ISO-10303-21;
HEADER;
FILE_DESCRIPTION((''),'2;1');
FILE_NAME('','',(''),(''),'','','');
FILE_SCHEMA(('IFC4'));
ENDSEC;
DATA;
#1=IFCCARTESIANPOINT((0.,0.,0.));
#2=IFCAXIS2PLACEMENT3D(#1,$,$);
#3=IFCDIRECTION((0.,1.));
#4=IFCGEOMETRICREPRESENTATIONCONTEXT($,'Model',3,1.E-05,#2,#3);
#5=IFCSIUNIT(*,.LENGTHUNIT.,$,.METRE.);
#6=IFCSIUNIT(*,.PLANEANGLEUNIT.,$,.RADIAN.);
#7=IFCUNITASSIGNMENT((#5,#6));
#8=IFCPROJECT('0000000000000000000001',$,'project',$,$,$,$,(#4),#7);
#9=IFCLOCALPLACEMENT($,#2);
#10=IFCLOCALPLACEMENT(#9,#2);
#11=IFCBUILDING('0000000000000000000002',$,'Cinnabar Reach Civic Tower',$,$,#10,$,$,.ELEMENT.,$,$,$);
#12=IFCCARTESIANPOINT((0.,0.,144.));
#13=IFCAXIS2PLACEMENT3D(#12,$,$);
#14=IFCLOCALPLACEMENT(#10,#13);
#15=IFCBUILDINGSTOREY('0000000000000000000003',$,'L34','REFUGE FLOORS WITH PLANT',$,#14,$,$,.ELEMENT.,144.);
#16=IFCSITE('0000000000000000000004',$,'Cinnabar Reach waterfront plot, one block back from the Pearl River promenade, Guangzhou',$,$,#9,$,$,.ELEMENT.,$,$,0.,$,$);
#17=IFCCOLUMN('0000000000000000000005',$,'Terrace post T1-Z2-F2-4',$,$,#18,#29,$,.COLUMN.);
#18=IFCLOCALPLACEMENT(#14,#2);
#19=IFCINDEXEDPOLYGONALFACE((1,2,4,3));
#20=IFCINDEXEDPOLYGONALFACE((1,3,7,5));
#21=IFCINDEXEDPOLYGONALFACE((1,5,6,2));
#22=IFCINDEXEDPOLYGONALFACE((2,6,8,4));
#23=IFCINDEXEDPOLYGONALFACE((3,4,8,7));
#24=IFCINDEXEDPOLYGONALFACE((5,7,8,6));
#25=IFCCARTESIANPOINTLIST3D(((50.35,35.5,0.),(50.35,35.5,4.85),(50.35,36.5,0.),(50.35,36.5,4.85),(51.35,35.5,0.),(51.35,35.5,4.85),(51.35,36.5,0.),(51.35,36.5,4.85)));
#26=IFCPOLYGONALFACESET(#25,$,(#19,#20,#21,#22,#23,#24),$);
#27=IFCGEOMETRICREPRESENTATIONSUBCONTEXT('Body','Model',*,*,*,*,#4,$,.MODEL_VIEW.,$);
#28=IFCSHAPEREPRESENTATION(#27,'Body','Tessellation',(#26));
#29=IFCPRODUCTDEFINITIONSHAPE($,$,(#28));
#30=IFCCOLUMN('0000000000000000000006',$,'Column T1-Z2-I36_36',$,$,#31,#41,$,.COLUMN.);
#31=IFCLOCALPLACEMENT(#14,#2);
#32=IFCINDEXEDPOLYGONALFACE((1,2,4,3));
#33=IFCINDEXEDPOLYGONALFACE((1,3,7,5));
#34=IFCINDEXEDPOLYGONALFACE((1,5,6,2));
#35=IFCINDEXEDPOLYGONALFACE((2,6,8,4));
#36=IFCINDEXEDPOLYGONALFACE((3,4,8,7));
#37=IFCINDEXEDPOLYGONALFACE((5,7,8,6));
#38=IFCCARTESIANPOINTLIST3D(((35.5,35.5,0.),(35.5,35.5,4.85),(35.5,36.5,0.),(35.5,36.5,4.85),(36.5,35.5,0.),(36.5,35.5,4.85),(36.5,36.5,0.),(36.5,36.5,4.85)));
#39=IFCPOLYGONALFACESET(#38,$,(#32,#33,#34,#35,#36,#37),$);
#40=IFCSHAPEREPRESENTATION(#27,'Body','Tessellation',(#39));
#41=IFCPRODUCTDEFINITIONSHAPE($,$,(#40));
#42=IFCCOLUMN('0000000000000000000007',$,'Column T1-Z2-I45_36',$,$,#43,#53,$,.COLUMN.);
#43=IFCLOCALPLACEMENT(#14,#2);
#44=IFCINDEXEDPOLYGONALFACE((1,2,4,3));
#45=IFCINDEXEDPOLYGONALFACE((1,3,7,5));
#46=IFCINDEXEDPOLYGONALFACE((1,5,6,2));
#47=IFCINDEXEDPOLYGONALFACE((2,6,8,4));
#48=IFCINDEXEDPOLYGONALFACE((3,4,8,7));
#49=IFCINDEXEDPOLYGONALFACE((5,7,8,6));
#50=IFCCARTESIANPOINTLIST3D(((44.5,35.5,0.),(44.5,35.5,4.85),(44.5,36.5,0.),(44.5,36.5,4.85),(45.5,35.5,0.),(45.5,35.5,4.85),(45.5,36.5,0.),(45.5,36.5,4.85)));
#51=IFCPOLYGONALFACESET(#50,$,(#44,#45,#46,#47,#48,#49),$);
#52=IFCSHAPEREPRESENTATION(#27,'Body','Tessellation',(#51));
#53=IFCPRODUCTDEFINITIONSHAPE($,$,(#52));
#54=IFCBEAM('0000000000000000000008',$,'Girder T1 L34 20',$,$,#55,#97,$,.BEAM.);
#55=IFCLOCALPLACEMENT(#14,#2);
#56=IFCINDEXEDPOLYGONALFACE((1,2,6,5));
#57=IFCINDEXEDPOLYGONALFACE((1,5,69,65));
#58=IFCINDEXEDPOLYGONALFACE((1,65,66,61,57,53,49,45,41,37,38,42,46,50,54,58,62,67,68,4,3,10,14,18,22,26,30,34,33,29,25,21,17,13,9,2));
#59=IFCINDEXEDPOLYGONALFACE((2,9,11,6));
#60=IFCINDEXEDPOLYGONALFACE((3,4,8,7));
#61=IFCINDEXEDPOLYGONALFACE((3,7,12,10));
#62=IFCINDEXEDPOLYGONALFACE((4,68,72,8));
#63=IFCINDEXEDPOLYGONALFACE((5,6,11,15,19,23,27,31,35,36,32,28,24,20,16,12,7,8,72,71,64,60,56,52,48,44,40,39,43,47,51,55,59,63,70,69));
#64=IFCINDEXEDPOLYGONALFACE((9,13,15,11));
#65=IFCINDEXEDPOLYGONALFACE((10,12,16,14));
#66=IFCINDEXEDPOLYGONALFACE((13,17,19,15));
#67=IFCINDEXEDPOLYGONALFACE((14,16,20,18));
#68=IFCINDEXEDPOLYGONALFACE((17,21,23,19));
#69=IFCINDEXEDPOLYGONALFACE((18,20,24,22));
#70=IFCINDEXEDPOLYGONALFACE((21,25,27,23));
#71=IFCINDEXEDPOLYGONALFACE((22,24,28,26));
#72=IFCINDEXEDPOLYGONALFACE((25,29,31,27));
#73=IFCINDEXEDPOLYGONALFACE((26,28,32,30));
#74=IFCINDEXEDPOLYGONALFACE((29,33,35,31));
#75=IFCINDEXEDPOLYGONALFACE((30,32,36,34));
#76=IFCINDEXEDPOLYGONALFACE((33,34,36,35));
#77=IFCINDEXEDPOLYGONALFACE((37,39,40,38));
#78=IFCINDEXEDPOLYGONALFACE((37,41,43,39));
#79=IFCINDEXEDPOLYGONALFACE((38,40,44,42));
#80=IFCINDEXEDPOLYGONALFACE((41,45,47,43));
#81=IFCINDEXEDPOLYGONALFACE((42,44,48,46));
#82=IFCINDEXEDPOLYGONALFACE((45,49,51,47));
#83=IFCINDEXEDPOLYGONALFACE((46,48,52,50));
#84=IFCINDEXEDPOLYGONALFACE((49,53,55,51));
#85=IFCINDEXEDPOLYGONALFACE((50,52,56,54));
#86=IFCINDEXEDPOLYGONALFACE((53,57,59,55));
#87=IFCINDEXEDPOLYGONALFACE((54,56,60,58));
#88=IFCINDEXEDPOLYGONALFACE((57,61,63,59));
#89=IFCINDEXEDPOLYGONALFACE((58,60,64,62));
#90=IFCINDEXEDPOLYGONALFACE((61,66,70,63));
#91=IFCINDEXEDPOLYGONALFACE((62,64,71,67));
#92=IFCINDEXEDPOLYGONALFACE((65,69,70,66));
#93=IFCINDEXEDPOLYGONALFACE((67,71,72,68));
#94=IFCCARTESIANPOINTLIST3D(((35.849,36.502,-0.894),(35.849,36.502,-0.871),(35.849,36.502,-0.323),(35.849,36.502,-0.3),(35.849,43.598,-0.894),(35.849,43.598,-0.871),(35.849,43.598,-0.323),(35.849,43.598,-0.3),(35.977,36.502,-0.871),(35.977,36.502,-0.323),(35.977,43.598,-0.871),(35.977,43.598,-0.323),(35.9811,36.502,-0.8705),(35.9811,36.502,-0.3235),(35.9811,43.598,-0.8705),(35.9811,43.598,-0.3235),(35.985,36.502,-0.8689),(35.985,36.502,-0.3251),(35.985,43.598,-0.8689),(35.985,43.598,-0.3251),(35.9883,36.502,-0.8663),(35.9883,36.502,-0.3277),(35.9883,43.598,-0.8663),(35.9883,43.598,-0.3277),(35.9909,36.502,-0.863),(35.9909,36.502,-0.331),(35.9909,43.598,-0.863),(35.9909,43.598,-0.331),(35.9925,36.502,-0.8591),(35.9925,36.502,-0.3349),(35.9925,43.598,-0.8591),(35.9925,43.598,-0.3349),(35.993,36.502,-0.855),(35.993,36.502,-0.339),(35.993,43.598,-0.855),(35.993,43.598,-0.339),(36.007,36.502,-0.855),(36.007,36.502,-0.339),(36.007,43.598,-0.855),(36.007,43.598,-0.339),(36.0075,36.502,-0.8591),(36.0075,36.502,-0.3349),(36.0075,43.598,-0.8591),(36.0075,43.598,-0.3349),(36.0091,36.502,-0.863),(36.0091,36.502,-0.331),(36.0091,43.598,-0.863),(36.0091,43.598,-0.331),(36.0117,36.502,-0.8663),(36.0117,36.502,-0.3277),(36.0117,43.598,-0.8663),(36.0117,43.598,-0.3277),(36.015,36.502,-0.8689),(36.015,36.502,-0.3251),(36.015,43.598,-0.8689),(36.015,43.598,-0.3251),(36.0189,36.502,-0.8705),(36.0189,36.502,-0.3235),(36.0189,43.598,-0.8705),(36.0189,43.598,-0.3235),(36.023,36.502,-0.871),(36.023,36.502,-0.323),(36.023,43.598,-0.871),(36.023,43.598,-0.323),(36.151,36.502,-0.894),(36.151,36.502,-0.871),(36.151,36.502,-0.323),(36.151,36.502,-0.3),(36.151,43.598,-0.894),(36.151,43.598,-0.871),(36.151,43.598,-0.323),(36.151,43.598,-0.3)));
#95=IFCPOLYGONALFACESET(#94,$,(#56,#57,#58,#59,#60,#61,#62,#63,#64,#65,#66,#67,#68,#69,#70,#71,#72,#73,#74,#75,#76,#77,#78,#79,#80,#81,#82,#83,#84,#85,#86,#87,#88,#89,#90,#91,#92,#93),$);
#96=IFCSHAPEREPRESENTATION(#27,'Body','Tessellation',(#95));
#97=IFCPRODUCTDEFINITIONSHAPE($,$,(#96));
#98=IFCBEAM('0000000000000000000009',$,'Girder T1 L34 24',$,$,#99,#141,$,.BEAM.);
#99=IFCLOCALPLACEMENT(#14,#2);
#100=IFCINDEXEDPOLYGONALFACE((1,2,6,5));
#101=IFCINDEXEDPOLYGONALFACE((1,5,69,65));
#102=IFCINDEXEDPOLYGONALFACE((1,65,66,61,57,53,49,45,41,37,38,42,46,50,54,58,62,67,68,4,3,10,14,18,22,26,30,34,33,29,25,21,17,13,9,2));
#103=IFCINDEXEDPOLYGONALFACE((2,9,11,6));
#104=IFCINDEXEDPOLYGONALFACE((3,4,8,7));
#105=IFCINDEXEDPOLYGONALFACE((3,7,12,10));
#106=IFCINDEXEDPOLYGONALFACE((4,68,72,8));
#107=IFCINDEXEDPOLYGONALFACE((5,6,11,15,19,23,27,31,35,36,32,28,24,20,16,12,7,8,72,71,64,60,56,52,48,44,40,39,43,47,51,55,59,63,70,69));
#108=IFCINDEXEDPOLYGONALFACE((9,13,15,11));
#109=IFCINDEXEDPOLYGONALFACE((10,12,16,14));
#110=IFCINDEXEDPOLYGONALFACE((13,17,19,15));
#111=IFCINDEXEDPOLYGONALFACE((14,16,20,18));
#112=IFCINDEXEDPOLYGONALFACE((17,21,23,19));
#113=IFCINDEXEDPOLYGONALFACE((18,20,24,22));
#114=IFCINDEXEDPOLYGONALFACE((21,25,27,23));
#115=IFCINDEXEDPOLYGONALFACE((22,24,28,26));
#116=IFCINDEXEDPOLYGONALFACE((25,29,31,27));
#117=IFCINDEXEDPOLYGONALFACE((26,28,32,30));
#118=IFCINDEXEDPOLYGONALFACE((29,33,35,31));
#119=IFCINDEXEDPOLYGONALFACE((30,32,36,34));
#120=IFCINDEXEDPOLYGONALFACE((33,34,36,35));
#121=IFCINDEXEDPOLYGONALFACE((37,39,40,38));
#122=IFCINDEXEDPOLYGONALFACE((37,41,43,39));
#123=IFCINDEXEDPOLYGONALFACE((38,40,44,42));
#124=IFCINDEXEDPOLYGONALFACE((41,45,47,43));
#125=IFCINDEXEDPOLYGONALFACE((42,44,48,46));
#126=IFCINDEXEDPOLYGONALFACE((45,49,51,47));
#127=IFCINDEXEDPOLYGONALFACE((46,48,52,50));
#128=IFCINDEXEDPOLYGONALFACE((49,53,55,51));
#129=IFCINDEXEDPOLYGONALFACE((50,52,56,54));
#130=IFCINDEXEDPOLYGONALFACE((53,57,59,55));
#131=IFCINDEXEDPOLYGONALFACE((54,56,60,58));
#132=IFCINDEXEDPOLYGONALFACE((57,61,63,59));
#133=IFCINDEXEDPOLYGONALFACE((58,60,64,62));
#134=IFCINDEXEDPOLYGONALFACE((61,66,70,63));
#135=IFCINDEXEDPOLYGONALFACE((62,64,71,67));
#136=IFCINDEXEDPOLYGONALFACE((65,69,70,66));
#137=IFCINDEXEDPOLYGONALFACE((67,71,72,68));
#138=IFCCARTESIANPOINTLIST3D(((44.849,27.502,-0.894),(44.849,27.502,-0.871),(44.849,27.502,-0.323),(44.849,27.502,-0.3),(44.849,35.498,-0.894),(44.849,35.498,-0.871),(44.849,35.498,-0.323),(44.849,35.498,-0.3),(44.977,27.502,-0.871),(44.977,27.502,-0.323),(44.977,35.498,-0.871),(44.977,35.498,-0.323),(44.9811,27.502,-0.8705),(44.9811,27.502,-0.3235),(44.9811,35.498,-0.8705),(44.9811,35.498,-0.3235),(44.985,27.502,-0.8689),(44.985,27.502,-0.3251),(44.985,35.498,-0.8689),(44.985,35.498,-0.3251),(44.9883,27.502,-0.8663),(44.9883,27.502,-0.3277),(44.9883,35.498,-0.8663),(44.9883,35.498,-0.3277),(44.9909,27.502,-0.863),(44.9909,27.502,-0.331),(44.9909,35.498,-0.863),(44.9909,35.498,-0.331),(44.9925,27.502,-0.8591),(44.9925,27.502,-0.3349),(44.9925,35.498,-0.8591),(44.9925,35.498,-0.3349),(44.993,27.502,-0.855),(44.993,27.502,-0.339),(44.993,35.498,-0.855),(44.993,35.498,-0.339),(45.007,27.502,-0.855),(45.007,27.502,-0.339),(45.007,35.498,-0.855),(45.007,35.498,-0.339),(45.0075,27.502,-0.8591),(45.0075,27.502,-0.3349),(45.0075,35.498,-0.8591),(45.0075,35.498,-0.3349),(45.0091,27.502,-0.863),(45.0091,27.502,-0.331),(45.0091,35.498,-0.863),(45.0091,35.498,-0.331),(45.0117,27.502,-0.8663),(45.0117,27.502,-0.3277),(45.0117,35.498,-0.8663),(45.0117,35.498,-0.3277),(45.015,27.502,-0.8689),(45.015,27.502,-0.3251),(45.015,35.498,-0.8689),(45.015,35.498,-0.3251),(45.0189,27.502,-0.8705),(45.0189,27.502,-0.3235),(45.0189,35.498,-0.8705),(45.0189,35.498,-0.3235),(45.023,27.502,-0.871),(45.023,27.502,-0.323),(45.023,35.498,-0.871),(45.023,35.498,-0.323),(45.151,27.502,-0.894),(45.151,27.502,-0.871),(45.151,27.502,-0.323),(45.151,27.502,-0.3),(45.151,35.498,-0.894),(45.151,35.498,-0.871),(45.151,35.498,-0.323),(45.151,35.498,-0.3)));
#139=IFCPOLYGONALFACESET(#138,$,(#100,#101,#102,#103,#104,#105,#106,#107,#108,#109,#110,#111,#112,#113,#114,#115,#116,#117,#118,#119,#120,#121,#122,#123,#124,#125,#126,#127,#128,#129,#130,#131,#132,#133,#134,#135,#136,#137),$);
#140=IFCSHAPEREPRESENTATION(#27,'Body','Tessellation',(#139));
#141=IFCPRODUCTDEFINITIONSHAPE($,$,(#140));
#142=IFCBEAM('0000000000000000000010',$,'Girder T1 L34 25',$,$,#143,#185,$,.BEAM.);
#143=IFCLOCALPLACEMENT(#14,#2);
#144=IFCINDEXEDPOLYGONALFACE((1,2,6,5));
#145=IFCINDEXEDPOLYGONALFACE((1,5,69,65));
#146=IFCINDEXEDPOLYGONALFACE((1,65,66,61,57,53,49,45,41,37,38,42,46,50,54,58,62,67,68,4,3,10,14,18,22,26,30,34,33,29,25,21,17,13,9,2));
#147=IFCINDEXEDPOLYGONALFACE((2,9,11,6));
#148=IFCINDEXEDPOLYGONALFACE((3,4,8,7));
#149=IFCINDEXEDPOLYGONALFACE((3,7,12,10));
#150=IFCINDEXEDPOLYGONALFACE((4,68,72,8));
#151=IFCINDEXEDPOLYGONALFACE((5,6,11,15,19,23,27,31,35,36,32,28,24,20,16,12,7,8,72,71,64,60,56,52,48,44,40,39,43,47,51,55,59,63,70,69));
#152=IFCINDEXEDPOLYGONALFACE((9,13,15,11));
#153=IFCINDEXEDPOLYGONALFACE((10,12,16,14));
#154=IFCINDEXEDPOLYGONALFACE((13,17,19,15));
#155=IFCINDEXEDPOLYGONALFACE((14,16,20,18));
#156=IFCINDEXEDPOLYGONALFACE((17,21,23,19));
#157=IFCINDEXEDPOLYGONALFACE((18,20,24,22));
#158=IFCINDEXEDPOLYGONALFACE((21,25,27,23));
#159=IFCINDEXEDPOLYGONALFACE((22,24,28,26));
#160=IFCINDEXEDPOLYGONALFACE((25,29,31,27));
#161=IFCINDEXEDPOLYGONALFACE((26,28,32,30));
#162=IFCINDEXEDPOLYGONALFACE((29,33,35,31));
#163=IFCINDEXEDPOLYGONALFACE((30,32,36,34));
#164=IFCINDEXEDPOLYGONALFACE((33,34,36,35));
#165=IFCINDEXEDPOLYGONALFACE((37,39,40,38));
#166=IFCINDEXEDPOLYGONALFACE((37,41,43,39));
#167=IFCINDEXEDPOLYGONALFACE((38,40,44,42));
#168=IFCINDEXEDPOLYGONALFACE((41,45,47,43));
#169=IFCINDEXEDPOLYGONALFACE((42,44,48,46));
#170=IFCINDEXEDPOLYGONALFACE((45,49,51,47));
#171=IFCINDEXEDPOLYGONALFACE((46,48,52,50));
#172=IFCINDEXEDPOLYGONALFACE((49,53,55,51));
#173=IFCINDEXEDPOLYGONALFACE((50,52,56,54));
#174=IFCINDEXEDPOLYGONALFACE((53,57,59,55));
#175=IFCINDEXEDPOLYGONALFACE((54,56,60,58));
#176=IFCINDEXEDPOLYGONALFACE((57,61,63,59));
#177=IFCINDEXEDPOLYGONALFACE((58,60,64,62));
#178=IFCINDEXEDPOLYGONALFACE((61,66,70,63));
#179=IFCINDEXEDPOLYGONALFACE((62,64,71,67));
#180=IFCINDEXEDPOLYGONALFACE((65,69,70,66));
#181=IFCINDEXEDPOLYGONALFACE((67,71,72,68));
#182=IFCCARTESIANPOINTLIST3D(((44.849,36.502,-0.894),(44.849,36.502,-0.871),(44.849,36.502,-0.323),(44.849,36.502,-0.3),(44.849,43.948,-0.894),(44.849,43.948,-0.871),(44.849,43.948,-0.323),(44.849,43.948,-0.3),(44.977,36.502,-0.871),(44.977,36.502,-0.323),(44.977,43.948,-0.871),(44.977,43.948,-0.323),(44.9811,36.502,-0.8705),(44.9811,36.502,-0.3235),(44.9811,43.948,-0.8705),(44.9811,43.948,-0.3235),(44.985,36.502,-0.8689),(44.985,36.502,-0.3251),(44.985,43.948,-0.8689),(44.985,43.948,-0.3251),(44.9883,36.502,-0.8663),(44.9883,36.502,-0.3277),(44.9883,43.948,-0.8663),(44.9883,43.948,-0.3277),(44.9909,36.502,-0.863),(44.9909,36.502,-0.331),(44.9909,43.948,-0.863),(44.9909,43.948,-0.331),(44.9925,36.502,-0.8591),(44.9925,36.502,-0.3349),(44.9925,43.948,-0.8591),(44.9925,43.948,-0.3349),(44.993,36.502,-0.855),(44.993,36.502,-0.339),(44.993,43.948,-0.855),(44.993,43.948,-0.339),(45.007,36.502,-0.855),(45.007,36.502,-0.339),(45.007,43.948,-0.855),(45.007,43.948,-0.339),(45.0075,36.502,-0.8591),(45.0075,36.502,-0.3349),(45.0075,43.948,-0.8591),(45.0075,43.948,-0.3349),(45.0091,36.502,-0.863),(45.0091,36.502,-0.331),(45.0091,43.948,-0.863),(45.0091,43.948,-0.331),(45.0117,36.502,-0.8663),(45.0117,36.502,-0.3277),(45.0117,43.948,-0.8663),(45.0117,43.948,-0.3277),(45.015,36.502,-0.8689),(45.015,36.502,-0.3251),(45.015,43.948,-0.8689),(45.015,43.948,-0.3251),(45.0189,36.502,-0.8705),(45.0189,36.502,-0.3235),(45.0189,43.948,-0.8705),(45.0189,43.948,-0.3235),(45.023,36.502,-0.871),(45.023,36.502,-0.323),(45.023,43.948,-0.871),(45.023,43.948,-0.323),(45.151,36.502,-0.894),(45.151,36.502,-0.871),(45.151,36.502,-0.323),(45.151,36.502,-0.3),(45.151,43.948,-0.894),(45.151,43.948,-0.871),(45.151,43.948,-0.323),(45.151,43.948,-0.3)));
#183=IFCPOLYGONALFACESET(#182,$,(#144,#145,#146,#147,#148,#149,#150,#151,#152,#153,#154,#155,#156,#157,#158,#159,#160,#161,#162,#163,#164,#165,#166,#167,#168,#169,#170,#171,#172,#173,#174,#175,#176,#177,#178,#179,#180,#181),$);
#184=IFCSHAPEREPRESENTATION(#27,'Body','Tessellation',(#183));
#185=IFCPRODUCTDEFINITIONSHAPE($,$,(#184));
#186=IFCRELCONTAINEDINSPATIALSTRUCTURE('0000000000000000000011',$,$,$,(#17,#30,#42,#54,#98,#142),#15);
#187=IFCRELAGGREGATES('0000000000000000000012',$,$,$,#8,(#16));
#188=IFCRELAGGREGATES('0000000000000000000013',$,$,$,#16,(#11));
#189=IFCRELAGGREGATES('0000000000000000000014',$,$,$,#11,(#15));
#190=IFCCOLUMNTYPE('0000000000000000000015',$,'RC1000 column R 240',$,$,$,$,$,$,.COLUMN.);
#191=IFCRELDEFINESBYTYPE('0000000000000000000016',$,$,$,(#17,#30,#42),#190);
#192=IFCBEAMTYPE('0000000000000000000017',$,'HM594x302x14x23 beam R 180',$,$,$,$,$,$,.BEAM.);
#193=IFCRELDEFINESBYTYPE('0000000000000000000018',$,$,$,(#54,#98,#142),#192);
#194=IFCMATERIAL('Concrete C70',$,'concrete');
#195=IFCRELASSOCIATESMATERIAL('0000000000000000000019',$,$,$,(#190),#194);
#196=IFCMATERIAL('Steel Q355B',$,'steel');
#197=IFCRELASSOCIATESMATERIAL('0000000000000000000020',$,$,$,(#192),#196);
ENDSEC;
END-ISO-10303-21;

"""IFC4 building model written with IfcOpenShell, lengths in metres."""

from ifc_helpers import new_model, si_unit, direction, frame, origin, origin_2d, place, context, subcontext, project, spatial, rectangle, i_section, extrude, material, material_profile, profile_set, type_object, element, save


model = new_model("IFC4")

# Units and contexts
model_context = context("Model", 3, precision=1e-05, world=origin(), true_north=direction((0.0, 1.0)))
body_context = subcontext(model_context, "Body", "Model", "MODEL_VIEW")
ifc_project = project(units=[si_unit("LENGTHUNIT", "METRE"), si_unit("PLANEANGLEUNIT", "RADIAN")], contexts=[model_context])

# Site, building, storey
site_placement = place(None, origin())
site = spatial("IfcSite", under=ifc_project, at=site_placement, Name="Cinnabar Reach waterfront plot, one block back from the Pearl River promenade, Guangzhou", CompositionType="ELEMENT", RefElevation=0.0)
building_placement = place(site_placement, origin())
building = spatial("IfcBuilding", under=site, at=building_placement, Name="Cinnabar Reach Civic Tower", CompositionType="ELEMENT")
storey_placement = place(building_placement, frame((0.0, 0.0, 144.0)))
storey = spatial("IfcBuildingStorey", under=building, at=storey_placement, Name="L34", Description="REFUGE FLOORS WITH PLANT", CompositionType="ELEMENT", Elevation=144.0)

# Columns
ifc_material_1 = material(Name="Concrete C70", Category="concrete")
ifc_material_profile_1 = material_profile(ifc_material_1, rectangle(XDim=1.0, YDim=1.0, at=origin_2d()), Name="RC1000")
ifc_profile_set_1 = profile_set([ifc_material_profile_1], Name="Concrete C70")
column_type = type_object("IfcColumnType", Name="RC1000 column R 240", PredefinedType="COLUMN", material=ifc_profile_set_1)
for number, where, z_axis, x_axis, name in (
    (1, (50.85, 36.0, 0.0), (0.0, 0.0, 1.0), (1.0, 0.0, 0.0), "Terrace post T1-Z2-F2-4"),
    (2, (36.0, 36.0, 0.0), (0.0, 0.0, 1.0), (1.0, 0.0, 0.0), "Column T1-Z2-I36_36"),
    (3, (45.0, 36.0, 0.0), (0.0, 0.0, 1.0), (1.0, 0.0, 0.0), "Column T1-Z2-I45_36"),
):
    element("IfcColumn", number, at=place(storey_placement, frame(where, z_axis=z_axis, x_axis=x_axis)), inside=storey, type_object=column_type, Name=name, PredefinedType="COLUMN", context=body_context, shape_type="SweptSolid", body=[
        extrude(rectangle(XDim=1.0, YDim=1.0, at=origin_2d()), origin(), (0.0, 0.0, 1.0), 4.85),
    ])

# Beams
ifc_material_2 = material(Name="Steel Q355B", Category="steel")
ifc_material_profile_2 = material_profile(ifc_material_2, i_section(OverallWidth=0.302, OverallDepth=0.594, WebThickness=0.014, FlangeThickness=0.023, FilletRadius=0.016, at=origin_2d()), Name="HM594x302x14x23")
ifc_profile_set_2 = profile_set([ifc_material_profile_2], Name="Steel Q355B")
beam_type_1 = type_object("IfcBeamType", Name="HM594x302x14x23 beam R 180", PredefinedType="BEAM", material=ifc_profile_set_2)
beam_1_placement = place(storey_placement, frame((36.0, 36.502, -0.597), z_axis=(0.0, 1.0, 0.0), x_axis=(-1.0, 0.0, 0.0)))
element("IfcBeam", 4, at=beam_1_placement, inside=storey, type_object=beam_type_1, Name="Girder T1 L34 20", PredefinedType="BEAM", context=body_context, shape_type="SweptSolid", body=[
    extrude(i_section(OverallWidth=0.302, OverallDepth=0.594, WebThickness=0.014, FlangeThickness=0.023, FilletRadius=0.016, at=origin_2d()), origin(), (0.0, 0.0, 1.0), 7.096),
])
beam_2_placement = place(storey_placement, frame((45.0, 27.502, -0.597), z_axis=(0.0, 1.0, 0.0), x_axis=(-1.0, 0.0, 0.0)))
element("IfcBeam", 5, at=beam_2_placement, inside=storey, type_object=beam_type_1, Name="Girder T1 L34 24", PredefinedType="BEAM", context=body_context, shape_type="SweptSolid", body=[
    extrude(i_section(OverallWidth=0.302, OverallDepth=0.594, WebThickness=0.014, FlangeThickness=0.023, FilletRadius=0.016, at=origin_2d()), origin(), (0.0, 0.0, 1.0), 7.996),
])
beam_3_placement = place(storey_placement, frame((45.0, 36.502, -0.597), z_axis=(0.0, 1.0, 0.0), x_axis=(-1.0, 0.0, 0.0)))
element("IfcBeam", 6, at=beam_3_placement, inside=storey, type_object=beam_type_1, Name="Girder T1 L34 25", PredefinedType="BEAM", context=body_context, shape_type="SweptSolid", body=[
    extrude(i_section(OverallWidth=0.302, OverallDepth=0.594, WebThickness=0.014, FlangeThickness=0.023, FilletRadius=0.016, at=origin_2d()), origin(), (0.0, 0.0, 1.0), 7.446),
])

save(model, "model.ifc")
